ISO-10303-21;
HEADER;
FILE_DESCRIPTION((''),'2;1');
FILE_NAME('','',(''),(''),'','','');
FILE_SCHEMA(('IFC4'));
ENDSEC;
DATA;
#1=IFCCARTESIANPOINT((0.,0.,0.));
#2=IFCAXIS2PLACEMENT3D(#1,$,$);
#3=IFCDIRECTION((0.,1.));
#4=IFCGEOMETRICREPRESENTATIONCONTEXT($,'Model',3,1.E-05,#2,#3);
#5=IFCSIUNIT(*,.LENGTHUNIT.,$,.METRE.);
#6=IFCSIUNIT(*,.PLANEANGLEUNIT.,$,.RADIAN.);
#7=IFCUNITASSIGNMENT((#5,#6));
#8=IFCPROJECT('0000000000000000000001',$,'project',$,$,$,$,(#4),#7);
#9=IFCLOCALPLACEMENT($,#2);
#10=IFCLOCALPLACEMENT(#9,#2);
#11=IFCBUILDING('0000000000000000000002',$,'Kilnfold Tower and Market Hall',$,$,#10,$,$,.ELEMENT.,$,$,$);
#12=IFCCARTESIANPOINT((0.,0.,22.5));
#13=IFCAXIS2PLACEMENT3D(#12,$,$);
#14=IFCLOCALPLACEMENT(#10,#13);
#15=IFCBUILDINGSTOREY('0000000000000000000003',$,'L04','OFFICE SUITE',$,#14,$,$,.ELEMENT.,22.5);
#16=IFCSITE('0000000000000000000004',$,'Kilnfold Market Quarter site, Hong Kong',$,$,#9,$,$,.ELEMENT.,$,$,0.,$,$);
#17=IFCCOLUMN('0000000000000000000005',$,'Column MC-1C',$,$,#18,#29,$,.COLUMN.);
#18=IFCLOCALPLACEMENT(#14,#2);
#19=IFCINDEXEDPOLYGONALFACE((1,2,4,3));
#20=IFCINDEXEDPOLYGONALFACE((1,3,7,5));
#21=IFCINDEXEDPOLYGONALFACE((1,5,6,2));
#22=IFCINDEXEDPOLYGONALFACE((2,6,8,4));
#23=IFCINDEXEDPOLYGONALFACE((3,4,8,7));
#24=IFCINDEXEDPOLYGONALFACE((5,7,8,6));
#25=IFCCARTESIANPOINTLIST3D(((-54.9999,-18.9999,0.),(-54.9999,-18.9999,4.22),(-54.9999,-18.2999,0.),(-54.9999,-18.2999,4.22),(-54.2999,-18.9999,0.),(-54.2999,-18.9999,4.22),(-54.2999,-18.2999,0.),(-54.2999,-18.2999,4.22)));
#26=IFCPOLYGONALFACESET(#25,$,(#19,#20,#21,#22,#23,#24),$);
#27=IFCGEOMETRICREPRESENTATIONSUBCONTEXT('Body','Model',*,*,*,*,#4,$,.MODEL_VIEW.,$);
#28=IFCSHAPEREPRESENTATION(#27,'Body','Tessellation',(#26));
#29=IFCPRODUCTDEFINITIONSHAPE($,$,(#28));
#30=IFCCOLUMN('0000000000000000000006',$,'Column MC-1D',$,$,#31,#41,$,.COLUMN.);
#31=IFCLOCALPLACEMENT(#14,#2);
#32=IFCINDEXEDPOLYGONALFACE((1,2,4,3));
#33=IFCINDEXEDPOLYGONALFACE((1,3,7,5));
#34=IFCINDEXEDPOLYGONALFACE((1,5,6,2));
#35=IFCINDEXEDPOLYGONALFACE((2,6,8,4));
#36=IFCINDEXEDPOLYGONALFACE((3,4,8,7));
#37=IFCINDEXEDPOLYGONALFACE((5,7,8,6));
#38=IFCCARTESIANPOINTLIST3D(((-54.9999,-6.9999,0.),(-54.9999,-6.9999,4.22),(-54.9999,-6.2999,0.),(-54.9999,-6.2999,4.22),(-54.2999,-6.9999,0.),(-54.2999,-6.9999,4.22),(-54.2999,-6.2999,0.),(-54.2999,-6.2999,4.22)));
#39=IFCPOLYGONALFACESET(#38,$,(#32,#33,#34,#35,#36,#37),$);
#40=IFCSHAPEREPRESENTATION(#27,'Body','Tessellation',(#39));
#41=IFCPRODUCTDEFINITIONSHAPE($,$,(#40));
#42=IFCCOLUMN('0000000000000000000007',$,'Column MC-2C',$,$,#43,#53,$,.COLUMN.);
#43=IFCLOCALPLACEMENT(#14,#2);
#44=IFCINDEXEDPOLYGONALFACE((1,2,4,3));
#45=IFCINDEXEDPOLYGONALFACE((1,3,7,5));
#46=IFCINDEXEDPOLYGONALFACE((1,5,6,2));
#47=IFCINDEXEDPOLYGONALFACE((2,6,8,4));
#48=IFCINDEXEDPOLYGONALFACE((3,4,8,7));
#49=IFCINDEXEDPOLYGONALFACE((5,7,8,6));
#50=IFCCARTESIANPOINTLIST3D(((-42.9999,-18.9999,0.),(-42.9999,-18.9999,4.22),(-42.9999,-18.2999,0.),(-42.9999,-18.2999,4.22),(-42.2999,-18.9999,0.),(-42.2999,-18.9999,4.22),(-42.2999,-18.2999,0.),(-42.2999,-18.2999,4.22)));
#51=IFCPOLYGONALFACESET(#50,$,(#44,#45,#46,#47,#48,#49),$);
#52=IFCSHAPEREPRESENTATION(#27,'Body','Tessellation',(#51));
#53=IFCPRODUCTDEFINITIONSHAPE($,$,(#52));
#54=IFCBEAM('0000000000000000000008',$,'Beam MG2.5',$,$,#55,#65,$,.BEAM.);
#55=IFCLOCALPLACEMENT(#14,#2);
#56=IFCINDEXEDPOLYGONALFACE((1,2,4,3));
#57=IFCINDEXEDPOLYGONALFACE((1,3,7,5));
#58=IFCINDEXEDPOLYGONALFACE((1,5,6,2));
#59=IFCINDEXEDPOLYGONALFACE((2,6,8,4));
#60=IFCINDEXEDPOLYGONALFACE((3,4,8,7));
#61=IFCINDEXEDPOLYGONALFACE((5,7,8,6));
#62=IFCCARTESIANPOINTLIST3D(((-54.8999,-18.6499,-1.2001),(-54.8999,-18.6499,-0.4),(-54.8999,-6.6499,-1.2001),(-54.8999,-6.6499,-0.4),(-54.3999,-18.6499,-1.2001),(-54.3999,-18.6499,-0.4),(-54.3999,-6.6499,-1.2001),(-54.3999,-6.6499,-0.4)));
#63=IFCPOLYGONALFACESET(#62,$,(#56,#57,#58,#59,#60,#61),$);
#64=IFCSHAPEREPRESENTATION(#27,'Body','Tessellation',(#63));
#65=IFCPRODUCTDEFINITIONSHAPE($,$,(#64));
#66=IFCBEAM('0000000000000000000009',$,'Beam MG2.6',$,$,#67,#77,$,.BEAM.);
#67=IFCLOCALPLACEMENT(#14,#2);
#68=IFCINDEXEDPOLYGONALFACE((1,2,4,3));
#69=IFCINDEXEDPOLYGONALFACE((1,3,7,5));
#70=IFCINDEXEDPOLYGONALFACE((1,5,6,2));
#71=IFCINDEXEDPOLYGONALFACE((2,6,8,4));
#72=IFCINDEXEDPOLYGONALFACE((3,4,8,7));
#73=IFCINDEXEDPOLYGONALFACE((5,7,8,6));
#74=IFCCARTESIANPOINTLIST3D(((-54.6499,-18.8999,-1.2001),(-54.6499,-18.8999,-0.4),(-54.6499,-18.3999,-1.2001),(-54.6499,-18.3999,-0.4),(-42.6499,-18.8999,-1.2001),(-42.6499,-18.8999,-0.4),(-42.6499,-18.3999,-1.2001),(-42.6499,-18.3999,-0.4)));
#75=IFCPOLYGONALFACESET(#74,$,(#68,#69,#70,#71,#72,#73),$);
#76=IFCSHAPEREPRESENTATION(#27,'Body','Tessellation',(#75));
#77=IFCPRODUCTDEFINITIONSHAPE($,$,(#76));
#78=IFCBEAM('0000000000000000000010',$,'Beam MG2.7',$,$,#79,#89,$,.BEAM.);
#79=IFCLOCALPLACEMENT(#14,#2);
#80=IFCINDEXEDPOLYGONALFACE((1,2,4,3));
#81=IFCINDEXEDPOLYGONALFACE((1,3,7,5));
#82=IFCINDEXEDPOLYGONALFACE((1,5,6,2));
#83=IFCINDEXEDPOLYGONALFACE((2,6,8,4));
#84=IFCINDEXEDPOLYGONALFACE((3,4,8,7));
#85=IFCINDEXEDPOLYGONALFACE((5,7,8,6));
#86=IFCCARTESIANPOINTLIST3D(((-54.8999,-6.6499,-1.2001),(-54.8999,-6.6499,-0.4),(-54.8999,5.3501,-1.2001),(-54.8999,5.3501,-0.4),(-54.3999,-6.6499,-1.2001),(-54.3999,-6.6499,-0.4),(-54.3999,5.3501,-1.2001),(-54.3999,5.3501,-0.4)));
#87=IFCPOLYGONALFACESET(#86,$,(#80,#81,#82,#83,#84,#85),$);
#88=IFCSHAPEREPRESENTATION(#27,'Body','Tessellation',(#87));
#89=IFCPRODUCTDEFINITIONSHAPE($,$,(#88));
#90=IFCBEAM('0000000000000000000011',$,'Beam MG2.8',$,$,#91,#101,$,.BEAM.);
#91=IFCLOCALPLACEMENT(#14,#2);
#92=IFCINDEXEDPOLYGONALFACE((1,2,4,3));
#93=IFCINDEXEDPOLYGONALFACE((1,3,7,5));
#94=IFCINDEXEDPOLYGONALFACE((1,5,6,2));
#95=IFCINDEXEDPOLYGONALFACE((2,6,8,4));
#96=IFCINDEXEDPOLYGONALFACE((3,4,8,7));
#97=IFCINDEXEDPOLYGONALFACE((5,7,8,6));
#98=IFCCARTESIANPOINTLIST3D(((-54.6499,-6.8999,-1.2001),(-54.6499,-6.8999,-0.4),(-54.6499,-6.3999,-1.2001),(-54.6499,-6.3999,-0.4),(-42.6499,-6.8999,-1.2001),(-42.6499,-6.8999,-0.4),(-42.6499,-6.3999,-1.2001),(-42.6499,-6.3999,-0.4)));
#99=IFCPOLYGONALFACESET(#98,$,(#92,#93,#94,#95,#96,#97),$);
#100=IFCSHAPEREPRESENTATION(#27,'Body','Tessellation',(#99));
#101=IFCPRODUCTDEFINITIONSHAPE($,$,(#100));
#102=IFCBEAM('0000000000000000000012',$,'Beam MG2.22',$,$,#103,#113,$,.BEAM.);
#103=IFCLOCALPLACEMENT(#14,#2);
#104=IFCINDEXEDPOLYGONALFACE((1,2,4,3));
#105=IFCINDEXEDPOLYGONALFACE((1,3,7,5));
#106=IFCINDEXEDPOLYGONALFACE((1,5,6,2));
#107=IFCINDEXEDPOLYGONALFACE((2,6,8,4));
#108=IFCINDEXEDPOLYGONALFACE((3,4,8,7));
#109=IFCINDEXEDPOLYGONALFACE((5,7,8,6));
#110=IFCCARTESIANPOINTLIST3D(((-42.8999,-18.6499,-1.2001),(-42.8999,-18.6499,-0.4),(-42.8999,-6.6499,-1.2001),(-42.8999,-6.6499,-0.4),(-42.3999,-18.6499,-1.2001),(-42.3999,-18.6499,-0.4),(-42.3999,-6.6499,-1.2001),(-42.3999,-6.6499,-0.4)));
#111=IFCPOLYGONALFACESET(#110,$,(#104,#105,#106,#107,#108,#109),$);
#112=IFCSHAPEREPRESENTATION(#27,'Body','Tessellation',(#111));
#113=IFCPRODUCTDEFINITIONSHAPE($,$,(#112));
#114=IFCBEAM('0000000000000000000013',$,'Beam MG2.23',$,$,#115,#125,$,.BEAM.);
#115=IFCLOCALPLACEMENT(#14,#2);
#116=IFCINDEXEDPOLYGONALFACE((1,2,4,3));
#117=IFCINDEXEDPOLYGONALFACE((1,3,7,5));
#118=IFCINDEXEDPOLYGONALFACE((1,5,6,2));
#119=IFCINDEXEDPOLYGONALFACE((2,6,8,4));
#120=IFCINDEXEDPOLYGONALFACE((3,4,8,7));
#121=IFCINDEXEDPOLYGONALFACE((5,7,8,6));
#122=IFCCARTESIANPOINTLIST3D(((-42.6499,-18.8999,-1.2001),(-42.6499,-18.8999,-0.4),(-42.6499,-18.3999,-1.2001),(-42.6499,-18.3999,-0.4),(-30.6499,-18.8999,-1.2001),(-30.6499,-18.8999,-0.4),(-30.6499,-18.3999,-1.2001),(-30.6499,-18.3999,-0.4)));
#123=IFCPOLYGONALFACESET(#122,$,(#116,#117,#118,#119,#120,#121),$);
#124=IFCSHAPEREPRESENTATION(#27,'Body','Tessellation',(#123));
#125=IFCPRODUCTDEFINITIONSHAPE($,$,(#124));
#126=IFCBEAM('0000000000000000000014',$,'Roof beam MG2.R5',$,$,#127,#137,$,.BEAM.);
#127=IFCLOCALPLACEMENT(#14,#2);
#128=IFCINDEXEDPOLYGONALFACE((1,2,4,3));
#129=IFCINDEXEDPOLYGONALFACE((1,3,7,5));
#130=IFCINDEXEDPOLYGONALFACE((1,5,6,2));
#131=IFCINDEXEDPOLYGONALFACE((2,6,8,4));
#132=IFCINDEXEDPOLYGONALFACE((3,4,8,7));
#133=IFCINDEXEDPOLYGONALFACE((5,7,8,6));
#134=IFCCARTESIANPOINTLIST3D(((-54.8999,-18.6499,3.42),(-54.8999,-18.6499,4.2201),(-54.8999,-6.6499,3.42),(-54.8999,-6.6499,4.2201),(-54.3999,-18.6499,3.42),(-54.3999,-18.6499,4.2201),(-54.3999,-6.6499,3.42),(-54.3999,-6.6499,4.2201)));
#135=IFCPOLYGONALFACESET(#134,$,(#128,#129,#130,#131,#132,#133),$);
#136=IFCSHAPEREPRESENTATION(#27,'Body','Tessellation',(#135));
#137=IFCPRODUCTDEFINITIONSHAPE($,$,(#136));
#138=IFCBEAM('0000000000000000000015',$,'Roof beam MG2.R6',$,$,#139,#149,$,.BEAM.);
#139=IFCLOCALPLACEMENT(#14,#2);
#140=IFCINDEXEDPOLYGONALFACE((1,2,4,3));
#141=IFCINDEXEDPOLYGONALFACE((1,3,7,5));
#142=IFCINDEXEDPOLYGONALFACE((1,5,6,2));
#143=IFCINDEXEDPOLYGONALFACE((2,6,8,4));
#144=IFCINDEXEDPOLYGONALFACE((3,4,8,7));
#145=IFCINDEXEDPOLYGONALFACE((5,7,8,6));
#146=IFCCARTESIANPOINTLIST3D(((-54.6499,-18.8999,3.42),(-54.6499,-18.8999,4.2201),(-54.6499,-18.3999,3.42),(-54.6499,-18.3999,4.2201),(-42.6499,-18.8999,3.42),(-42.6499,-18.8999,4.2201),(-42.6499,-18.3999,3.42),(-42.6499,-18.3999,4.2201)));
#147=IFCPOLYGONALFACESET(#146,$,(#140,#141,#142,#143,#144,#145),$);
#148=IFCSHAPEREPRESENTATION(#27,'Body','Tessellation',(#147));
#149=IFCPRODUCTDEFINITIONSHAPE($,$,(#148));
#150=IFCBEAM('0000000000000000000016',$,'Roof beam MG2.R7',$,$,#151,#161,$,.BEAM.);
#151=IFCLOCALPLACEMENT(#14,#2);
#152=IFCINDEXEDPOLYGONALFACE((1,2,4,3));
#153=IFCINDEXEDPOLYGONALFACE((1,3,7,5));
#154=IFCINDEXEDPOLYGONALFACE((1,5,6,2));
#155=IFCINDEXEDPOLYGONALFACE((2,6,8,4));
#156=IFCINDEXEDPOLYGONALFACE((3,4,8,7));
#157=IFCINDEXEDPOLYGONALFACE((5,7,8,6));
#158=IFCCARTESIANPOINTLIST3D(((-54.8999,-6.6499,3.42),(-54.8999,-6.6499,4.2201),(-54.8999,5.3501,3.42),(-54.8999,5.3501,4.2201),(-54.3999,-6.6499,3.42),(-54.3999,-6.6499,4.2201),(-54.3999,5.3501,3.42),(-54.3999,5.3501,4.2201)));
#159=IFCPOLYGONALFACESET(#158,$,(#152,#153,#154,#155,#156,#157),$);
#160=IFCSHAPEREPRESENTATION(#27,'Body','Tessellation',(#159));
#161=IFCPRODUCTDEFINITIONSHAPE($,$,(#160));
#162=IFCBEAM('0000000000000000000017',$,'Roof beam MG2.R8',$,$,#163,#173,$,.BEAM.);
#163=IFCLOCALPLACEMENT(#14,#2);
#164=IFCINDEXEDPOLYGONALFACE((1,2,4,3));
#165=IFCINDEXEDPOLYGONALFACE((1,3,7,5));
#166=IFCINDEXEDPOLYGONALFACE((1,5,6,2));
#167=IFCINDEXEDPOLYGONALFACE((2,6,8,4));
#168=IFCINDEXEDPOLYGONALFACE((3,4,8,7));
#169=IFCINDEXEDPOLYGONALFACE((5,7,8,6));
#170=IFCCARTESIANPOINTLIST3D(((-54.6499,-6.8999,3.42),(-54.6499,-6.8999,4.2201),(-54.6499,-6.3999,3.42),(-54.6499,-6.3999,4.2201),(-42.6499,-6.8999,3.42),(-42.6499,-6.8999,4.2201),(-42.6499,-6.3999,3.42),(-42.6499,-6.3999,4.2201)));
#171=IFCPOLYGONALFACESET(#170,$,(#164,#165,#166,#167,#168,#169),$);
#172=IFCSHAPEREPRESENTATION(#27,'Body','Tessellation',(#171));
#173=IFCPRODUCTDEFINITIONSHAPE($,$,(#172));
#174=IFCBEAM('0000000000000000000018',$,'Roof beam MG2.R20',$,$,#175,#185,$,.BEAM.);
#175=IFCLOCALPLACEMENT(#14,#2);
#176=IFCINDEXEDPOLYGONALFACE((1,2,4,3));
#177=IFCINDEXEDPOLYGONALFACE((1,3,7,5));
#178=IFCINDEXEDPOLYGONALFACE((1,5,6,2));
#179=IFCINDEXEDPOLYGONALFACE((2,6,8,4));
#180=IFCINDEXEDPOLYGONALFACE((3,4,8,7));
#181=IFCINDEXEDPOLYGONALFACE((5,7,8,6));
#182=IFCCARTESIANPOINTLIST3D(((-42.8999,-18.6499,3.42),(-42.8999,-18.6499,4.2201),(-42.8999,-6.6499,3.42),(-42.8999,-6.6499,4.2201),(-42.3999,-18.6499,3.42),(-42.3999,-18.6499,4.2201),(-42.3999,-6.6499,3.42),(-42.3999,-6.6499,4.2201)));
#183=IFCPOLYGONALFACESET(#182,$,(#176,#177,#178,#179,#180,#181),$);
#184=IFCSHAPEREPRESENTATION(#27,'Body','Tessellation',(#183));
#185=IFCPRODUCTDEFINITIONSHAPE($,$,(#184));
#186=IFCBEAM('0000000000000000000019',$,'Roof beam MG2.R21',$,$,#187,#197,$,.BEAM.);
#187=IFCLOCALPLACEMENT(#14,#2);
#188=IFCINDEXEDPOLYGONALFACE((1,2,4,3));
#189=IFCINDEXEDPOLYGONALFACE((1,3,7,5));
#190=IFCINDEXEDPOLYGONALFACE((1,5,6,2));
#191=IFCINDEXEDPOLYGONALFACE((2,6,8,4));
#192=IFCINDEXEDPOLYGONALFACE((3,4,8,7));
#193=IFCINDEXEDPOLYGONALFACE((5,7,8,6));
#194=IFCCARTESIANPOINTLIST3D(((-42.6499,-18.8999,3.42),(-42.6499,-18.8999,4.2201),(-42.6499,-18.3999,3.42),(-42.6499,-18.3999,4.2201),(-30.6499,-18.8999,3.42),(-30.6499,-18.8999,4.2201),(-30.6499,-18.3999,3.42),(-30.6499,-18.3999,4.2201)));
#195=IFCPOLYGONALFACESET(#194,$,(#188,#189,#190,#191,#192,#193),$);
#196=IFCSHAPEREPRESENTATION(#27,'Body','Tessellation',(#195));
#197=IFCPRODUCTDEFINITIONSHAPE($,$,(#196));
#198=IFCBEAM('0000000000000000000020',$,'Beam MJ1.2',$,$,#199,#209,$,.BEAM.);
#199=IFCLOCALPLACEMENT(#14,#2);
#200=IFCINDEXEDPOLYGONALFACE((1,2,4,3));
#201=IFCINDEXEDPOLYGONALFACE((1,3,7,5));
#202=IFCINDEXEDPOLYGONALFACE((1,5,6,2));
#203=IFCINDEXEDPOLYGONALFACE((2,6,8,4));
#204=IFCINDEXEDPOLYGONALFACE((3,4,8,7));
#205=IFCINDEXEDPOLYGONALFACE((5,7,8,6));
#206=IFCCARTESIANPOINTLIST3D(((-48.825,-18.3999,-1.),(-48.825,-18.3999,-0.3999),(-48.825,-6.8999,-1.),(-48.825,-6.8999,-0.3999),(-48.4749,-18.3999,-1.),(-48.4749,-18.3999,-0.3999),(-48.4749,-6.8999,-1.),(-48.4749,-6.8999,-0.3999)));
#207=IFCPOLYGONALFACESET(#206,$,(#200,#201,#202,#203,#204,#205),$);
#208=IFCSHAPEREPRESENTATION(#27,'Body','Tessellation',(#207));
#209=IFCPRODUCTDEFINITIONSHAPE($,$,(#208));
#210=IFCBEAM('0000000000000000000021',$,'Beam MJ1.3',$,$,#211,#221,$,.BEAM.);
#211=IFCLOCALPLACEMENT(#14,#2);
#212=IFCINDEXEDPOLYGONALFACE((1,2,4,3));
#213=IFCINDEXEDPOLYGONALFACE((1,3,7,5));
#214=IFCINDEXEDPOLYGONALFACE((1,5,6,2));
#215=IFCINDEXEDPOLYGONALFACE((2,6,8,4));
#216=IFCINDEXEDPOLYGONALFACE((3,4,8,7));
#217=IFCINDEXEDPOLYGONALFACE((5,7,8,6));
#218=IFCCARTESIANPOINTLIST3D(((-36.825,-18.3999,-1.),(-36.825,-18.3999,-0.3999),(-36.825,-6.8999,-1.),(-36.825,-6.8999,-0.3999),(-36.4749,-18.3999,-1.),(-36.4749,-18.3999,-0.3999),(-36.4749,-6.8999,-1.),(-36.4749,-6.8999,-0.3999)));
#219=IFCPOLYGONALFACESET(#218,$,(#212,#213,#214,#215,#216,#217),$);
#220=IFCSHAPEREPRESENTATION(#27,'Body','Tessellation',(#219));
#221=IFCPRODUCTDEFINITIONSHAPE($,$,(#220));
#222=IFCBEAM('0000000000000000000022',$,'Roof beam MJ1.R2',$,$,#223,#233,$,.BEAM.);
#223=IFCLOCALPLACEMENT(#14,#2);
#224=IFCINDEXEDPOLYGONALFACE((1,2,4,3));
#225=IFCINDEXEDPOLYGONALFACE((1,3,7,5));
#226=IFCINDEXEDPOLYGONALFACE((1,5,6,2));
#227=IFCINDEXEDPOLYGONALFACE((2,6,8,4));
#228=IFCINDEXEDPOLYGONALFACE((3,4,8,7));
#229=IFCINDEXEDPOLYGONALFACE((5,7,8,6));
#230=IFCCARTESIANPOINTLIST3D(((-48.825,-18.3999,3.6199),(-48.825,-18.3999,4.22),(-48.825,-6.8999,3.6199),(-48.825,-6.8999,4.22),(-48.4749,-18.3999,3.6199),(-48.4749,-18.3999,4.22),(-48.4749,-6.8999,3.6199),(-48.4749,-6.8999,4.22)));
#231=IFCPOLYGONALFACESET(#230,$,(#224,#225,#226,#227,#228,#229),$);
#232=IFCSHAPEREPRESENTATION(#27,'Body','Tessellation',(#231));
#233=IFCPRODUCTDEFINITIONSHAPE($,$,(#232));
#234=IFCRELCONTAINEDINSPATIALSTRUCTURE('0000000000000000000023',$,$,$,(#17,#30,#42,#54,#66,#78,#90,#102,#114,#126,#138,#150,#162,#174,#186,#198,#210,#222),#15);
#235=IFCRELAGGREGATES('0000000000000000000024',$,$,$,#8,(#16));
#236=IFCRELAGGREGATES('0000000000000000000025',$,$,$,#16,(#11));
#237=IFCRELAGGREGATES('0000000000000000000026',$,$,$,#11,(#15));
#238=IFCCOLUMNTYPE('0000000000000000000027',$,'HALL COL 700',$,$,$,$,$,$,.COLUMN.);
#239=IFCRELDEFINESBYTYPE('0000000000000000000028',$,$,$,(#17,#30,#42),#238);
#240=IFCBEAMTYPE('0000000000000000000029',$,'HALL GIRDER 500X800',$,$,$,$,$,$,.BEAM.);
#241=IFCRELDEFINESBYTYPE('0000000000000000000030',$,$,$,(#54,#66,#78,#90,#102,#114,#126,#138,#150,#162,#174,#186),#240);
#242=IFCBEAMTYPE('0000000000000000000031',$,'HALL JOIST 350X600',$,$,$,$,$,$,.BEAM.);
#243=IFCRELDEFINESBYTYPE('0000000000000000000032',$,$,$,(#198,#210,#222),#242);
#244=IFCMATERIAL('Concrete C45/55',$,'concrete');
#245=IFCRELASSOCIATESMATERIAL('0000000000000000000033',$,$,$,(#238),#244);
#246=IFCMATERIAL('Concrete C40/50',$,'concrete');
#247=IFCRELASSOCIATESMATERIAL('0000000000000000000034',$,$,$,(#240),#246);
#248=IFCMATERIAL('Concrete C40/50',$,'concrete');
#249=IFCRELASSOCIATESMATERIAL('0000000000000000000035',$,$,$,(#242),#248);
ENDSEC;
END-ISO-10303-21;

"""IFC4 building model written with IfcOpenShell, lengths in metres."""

from ifc_helpers import new_model, si_unit, direction, frame, origin, origin_2d, place, context, subcontext, project, spatial, rectangle, extrude, source, transform, mapped, material, material_profile, profile_set, type_object, element, save


model = new_model("IFC4")

# Units and contexts
model_context = context("Model", 3, precision=1e-05, world=origin(), true_north=direction((0.0, 1.0)))
body_context = subcontext(model_context, "Body", "Model", "MODEL_VIEW")
ifc_project = project(units=[si_unit("LENGTHUNIT", "METRE"), si_unit("PLANEANGLEUNIT", "RADIAN")], contexts=[model_context])

# Site, building, storey
site_placement = place(None, origin())
site = spatial("IfcSite", under=ifc_project, at=site_placement, Name="Kilnfold Market Quarter site, Hong Kong", CompositionType="ELEMENT", RefElevation=0.0)
building_placement = place(site_placement, origin())
building = spatial("IfcBuilding", under=site, at=building_placement, Name="Kilnfold Tower and Market Hall", CompositionType="ELEMENT")
storey_placement = place(building_placement, frame((0.0, 0.0, 22.5)))
storey = spatial("IfcBuildingStorey", under=building, at=storey_placement, Name="L04", Description="OFFICE SUITE", CompositionType="ELEMENT", Elevation=22.5)

# Columns
ifc_material_1 = material(Name="Concrete C45/55", Category="concrete")
ifc_material_profile_1 = material_profile(ifc_material_1, rectangle(XDim=0.7, YDim=0.7, at=origin_2d()), Name="RC 700x700")
ifc_profile_set_1 = profile_set([ifc_material_profile_1], Name="Concrete C45/55")
column_type = type_object("IfcColumnType", Name="HALL COL 700", PredefinedType="COLUMN", material=ifc_profile_set_1)
shared_shape_1 = source(origin(), body_context, "Body", "SweptSolid", [
    extrude(rectangle(XDim=0.7, YDim=0.7, at=origin_2d()), origin(), (0.0, 0.0, 1.0), 4.22),
])
for number, where, z_axis, x_axis, name in (
    (1, (-54.6499, -18.6499, 0.0), (0.0, 0.0, 1.0), (1.0, 0.0, 0.0), "Column MC-1C"),
    (2, (-54.6499, -6.6499, 0.0), (0.0, 0.0, 1.0), (1.0, 0.0, 0.0), "Column MC-1D"),
    (3, (-42.6499, -18.6499, 0.0), (0.0, 0.0, 1.0), (1.0, 0.0, 0.0), "Column MC-2C"),
):
    element("IfcColumn", number, at=place(storey_placement, frame(where, z_axis=z_axis, x_axis=x_axis)), inside=storey, type_object=column_type, Name=name, PredefinedType="COLUMN", context=body_context, shape_type="MappedRepresentation", body=[
        mapped(shared_shape_1, transform((0.0, 0.0, 0.0))),
    ])

# Beams
ifc_material_2 = material(Name="Concrete C40/50", Category="concrete")
ifc_material_profile_2 = material_profile(ifc_material_2, rectangle(XDim=0.5, YDim=0.8, at=origin_2d()), Name="RC 500x800")
ifc_profile_set_2 = profile_set([ifc_material_profile_2], Name="Concrete C40/50")
beam_type_1 = type_object("IfcBeamType", Name="HALL GIRDER 500X800", PredefinedType="BEAM", material=ifc_profile_set_2)
for number, where, z_axis, x_axis, name in (
    (4, (-54.6499, -18.6499, -0.8), (0.0, 1.0, 0.0), (-1.0, 0.0, 0.0), "Beam MG2.5"),
    (5, (-54.6499, -18.6499, -0.8), (1.0, 0.0, 0.0), (0.0, 1.0, 0.0), "Beam MG2.6"),
    (6, (-54.6499, -6.6499, -0.8), (0.0, 1.0, 0.0), (-1.0, 0.0, 0.0), "Beam MG2.7"),
    (7, (-54.6499, -6.6499, -0.8), (1.0, 0.0, 0.0), (0.0, 1.0, 0.0), "Beam MG2.8"),
    (8, (-42.6499, -18.6499, -0.8), (0.0, 1.0, 0.0), (-1.0, 0.0, 0.0), "Beam MG2.22"),
    (9, (-42.6499, -18.6499, -0.8), (1.0, 0.0, 0.0), (0.0, 1.0, 0.0), "Beam MG2.23"),
    (10, (-54.6499, -18.6499, 3.8201), (0.0, 1.0, 0.0), (-1.0, 0.0, 0.0), "Roof beam MG2.R5"),
    (11, (-54.6499, -18.6499, 3.8201), (1.0, 0.0, 0.0), (0.0, 1.0, 0.0), "Roof beam MG2.R6"),
    (12, (-54.6499, -6.6499, 3.8201), (0.0, 1.0, 0.0), (-1.0, 0.0, 0.0), "Roof beam MG2.R7"),
    (13, (-54.6499, -6.6499, 3.8201), (1.0, 0.0, 0.0), (0.0, 1.0, 0.0), "Roof beam MG2.R8"),
    (14, (-42.6499, -18.6499, 3.8201), (0.0, 1.0, 0.0), (-1.0, 0.0, 0.0), "Roof beam MG2.R20"),
    (15, (-42.6499, -18.6499, 3.8201), (1.0, 0.0, 0.0), (0.0, 1.0, 0.0), "Roof beam MG2.R21"),
):
    element("IfcBeam", number, at=place(storey_placement, frame(where, z_axis=z_axis, x_axis=x_axis)), inside=storey, type_object=beam_type_1, Name=name, PredefinedType="BEAM", context=body_context, shape_type="SweptSolid", body=[
        extrude(rectangle(XDim=0.5, YDim=0.8, at=origin_2d()), origin(), (0.0, 0.0, 1.0), 12.0),
    ])
ifc_material_3 = material(Name="Concrete C40/50", Category="concrete")
ifc_material_profile_3 = material_profile(ifc_material_3, rectangle(XDim=0.3501, YDim=0.6001, at=origin_2d()), Name="RC 350x600")
ifc_profile_set_3 = profile_set([ifc_material_profile_3], Name="Concrete C40/50")
beam_type_2 = type_object("IfcBeamType", Name="HALL JOIST 350X600", PredefinedType="BEAM", material=ifc_profile_set_3)
for number, where, z_axis, x_axis, name in (
    (16, (-48.6499, -18.3999, -0.7), (0.0, 1.0, 0.0), (-1.0, 0.0, 0.0), "Beam MJ1.2"),
    (17, (-36.6499, -18.3999, -0.7), (0.0, 1.0, 0.0), (-1.0, 0.0, 0.0), "Beam MJ1.3"),
    (18, (-48.6499, -18.3999, 3.9199), (0.0, 1.0, 0.0), (-1.0, 0.0, 0.0), "Roof beam MJ1.R2"),
):
    element("IfcBeam", number, at=place(storey_placement, frame(where, z_axis=z_axis, x_axis=x_axis)), inside=storey, type_object=beam_type_2, Name=name, PredefinedType="BEAM", context=body_context, shape_type="SweptSolid", body=[
        extrude(rectangle(XDim=0.3501, YDim=0.6001, at=origin_2d()), origin(), (0.0, 0.0, 1.0), 11.5),
    ])

save(model, "model.ifc")
